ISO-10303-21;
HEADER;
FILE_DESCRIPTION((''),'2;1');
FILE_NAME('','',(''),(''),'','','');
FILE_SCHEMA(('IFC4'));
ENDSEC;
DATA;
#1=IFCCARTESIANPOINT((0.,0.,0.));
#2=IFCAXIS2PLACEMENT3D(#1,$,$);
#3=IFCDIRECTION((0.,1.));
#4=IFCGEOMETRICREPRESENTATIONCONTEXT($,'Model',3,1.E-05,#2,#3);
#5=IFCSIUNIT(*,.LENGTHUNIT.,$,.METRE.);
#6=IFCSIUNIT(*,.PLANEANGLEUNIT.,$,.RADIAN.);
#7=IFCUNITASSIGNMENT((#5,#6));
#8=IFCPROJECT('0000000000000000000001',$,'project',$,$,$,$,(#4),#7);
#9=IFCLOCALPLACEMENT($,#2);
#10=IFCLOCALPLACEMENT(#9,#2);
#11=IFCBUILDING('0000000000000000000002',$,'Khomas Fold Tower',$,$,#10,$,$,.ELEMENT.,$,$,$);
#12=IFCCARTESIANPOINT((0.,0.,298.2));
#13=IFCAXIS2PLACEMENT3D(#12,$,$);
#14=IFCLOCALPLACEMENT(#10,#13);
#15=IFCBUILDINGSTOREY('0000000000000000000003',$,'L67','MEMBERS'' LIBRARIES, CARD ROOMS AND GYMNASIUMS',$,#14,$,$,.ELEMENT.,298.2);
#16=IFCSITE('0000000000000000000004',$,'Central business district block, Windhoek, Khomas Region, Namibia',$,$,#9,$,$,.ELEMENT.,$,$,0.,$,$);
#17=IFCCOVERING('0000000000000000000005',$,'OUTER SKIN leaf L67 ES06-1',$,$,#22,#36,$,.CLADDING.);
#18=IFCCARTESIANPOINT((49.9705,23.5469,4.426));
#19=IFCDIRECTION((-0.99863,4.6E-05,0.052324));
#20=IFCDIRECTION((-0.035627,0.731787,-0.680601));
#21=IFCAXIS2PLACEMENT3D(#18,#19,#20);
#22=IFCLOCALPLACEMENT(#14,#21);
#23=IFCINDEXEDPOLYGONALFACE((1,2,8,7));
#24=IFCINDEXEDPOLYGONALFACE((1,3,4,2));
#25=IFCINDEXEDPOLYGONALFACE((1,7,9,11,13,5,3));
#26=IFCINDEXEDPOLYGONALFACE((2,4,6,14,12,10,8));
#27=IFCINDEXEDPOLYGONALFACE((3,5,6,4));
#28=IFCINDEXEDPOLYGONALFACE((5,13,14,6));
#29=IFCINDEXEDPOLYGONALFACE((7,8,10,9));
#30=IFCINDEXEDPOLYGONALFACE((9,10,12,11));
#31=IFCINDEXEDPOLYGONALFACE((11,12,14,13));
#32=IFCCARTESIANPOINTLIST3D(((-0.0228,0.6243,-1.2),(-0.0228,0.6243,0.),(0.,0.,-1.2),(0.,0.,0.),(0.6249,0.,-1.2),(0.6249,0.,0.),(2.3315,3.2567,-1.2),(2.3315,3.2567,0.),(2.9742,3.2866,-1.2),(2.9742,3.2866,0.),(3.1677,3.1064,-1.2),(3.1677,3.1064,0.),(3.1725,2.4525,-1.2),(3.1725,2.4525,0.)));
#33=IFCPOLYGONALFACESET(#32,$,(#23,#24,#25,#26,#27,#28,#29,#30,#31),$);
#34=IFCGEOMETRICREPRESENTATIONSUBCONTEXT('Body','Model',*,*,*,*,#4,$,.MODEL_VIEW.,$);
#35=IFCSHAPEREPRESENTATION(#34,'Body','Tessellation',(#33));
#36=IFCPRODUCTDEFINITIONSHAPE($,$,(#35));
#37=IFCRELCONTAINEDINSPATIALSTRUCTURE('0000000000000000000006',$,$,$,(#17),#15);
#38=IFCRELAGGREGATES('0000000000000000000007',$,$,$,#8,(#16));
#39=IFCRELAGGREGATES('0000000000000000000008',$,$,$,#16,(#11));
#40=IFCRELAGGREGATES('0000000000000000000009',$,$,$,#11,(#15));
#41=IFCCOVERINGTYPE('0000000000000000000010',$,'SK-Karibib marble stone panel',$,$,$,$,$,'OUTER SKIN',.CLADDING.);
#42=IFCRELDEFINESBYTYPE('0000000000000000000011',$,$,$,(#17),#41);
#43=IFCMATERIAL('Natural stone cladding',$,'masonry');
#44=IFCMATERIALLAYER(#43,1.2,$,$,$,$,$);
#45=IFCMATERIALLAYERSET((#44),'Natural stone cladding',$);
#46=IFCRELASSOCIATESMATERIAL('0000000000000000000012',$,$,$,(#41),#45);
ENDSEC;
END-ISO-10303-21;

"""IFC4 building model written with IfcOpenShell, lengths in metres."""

from ifc_helpers import new_model, si_unit, direction, frame, origin, place, context, subcontext, project, spatial, polyline, outline, extrude, material, layer, layer_set, type_object, element, save


model = new_model("IFC4")

# Units and contexts
model_context = context("Model", 3, precision=1e-05, world=origin(), true_north=direction((0.0, 1.0)))
body_context = subcontext(model_context, "Body", "Model", "MODEL_VIEW")
ifc_project = project(units=[si_unit("LENGTHUNIT", "METRE"), si_unit("PLANEANGLEUNIT", "RADIAN")], contexts=[model_context])

# Site, building, storey
site_placement = place(None, origin())
site = spatial("IfcSite", under=ifc_project, at=site_placement, Name="Central business district block, Windhoek, Khomas Region, Namibia", CompositionType="ELEMENT", RefElevation=0.0)
building_placement = place(site_placement, origin())
building = spatial("IfcBuilding", under=site, at=building_placement, Name="Khomas Fold Tower", CompositionType="ELEMENT")
storey_placement = place(building_placement, frame((0.0, 0.0, 298.2)))
storey = spatial("IfcBuildingStorey", under=building, at=storey_placement, Name="L67", Description="MEMBERS' LIBRARIES, CARD ROOMS AND GYMNASIUMS", CompositionType="ELEMENT", Elevation=298.2)

# Covering
ifc_material_1 = material(Name="Natural stone cladding", Category="masonry")
ifc_layer_1 = layer(ifc_material_1, 1.2)
ifc_layer_set_1 = layer_set([ifc_layer_1], Name="Natural stone cladding")
covering_type = type_object("IfcCoveringType", Name="SK-Karibib marble stone panel", ElementType="OUTER SKIN", PredefinedType="CLADDING", material=ifc_layer_set_1)
covering_placement = place(storey_placement, frame((49.9705, 23.5469, 4.426), z_axis=(-0.99863, 0.000046, 0.052324), x_axis=(-0.035627, 0.731787, -0.680601)))
element("IfcCovering", 1, at=covering_placement, inside=storey, type_object=covering_type, Name="OUTER SKIN leaf L67 ES06-1", PredefinedType="CLADDING", context=body_context, shape_type="SweptSolid", body=[
    extrude(outline(polyline([(0.0, 0.0), (0.6249, 0.0), (3.1725, 2.4525), (3.1677, 3.1064), (2.9742, 3.2866), (2.3315, 3.2567), (-0.0228, 0.6243), (0.0, 0.0)])), origin(), (0.0, 0.0, -1.0), 1.2),
])

save(model, "model.ifc")
